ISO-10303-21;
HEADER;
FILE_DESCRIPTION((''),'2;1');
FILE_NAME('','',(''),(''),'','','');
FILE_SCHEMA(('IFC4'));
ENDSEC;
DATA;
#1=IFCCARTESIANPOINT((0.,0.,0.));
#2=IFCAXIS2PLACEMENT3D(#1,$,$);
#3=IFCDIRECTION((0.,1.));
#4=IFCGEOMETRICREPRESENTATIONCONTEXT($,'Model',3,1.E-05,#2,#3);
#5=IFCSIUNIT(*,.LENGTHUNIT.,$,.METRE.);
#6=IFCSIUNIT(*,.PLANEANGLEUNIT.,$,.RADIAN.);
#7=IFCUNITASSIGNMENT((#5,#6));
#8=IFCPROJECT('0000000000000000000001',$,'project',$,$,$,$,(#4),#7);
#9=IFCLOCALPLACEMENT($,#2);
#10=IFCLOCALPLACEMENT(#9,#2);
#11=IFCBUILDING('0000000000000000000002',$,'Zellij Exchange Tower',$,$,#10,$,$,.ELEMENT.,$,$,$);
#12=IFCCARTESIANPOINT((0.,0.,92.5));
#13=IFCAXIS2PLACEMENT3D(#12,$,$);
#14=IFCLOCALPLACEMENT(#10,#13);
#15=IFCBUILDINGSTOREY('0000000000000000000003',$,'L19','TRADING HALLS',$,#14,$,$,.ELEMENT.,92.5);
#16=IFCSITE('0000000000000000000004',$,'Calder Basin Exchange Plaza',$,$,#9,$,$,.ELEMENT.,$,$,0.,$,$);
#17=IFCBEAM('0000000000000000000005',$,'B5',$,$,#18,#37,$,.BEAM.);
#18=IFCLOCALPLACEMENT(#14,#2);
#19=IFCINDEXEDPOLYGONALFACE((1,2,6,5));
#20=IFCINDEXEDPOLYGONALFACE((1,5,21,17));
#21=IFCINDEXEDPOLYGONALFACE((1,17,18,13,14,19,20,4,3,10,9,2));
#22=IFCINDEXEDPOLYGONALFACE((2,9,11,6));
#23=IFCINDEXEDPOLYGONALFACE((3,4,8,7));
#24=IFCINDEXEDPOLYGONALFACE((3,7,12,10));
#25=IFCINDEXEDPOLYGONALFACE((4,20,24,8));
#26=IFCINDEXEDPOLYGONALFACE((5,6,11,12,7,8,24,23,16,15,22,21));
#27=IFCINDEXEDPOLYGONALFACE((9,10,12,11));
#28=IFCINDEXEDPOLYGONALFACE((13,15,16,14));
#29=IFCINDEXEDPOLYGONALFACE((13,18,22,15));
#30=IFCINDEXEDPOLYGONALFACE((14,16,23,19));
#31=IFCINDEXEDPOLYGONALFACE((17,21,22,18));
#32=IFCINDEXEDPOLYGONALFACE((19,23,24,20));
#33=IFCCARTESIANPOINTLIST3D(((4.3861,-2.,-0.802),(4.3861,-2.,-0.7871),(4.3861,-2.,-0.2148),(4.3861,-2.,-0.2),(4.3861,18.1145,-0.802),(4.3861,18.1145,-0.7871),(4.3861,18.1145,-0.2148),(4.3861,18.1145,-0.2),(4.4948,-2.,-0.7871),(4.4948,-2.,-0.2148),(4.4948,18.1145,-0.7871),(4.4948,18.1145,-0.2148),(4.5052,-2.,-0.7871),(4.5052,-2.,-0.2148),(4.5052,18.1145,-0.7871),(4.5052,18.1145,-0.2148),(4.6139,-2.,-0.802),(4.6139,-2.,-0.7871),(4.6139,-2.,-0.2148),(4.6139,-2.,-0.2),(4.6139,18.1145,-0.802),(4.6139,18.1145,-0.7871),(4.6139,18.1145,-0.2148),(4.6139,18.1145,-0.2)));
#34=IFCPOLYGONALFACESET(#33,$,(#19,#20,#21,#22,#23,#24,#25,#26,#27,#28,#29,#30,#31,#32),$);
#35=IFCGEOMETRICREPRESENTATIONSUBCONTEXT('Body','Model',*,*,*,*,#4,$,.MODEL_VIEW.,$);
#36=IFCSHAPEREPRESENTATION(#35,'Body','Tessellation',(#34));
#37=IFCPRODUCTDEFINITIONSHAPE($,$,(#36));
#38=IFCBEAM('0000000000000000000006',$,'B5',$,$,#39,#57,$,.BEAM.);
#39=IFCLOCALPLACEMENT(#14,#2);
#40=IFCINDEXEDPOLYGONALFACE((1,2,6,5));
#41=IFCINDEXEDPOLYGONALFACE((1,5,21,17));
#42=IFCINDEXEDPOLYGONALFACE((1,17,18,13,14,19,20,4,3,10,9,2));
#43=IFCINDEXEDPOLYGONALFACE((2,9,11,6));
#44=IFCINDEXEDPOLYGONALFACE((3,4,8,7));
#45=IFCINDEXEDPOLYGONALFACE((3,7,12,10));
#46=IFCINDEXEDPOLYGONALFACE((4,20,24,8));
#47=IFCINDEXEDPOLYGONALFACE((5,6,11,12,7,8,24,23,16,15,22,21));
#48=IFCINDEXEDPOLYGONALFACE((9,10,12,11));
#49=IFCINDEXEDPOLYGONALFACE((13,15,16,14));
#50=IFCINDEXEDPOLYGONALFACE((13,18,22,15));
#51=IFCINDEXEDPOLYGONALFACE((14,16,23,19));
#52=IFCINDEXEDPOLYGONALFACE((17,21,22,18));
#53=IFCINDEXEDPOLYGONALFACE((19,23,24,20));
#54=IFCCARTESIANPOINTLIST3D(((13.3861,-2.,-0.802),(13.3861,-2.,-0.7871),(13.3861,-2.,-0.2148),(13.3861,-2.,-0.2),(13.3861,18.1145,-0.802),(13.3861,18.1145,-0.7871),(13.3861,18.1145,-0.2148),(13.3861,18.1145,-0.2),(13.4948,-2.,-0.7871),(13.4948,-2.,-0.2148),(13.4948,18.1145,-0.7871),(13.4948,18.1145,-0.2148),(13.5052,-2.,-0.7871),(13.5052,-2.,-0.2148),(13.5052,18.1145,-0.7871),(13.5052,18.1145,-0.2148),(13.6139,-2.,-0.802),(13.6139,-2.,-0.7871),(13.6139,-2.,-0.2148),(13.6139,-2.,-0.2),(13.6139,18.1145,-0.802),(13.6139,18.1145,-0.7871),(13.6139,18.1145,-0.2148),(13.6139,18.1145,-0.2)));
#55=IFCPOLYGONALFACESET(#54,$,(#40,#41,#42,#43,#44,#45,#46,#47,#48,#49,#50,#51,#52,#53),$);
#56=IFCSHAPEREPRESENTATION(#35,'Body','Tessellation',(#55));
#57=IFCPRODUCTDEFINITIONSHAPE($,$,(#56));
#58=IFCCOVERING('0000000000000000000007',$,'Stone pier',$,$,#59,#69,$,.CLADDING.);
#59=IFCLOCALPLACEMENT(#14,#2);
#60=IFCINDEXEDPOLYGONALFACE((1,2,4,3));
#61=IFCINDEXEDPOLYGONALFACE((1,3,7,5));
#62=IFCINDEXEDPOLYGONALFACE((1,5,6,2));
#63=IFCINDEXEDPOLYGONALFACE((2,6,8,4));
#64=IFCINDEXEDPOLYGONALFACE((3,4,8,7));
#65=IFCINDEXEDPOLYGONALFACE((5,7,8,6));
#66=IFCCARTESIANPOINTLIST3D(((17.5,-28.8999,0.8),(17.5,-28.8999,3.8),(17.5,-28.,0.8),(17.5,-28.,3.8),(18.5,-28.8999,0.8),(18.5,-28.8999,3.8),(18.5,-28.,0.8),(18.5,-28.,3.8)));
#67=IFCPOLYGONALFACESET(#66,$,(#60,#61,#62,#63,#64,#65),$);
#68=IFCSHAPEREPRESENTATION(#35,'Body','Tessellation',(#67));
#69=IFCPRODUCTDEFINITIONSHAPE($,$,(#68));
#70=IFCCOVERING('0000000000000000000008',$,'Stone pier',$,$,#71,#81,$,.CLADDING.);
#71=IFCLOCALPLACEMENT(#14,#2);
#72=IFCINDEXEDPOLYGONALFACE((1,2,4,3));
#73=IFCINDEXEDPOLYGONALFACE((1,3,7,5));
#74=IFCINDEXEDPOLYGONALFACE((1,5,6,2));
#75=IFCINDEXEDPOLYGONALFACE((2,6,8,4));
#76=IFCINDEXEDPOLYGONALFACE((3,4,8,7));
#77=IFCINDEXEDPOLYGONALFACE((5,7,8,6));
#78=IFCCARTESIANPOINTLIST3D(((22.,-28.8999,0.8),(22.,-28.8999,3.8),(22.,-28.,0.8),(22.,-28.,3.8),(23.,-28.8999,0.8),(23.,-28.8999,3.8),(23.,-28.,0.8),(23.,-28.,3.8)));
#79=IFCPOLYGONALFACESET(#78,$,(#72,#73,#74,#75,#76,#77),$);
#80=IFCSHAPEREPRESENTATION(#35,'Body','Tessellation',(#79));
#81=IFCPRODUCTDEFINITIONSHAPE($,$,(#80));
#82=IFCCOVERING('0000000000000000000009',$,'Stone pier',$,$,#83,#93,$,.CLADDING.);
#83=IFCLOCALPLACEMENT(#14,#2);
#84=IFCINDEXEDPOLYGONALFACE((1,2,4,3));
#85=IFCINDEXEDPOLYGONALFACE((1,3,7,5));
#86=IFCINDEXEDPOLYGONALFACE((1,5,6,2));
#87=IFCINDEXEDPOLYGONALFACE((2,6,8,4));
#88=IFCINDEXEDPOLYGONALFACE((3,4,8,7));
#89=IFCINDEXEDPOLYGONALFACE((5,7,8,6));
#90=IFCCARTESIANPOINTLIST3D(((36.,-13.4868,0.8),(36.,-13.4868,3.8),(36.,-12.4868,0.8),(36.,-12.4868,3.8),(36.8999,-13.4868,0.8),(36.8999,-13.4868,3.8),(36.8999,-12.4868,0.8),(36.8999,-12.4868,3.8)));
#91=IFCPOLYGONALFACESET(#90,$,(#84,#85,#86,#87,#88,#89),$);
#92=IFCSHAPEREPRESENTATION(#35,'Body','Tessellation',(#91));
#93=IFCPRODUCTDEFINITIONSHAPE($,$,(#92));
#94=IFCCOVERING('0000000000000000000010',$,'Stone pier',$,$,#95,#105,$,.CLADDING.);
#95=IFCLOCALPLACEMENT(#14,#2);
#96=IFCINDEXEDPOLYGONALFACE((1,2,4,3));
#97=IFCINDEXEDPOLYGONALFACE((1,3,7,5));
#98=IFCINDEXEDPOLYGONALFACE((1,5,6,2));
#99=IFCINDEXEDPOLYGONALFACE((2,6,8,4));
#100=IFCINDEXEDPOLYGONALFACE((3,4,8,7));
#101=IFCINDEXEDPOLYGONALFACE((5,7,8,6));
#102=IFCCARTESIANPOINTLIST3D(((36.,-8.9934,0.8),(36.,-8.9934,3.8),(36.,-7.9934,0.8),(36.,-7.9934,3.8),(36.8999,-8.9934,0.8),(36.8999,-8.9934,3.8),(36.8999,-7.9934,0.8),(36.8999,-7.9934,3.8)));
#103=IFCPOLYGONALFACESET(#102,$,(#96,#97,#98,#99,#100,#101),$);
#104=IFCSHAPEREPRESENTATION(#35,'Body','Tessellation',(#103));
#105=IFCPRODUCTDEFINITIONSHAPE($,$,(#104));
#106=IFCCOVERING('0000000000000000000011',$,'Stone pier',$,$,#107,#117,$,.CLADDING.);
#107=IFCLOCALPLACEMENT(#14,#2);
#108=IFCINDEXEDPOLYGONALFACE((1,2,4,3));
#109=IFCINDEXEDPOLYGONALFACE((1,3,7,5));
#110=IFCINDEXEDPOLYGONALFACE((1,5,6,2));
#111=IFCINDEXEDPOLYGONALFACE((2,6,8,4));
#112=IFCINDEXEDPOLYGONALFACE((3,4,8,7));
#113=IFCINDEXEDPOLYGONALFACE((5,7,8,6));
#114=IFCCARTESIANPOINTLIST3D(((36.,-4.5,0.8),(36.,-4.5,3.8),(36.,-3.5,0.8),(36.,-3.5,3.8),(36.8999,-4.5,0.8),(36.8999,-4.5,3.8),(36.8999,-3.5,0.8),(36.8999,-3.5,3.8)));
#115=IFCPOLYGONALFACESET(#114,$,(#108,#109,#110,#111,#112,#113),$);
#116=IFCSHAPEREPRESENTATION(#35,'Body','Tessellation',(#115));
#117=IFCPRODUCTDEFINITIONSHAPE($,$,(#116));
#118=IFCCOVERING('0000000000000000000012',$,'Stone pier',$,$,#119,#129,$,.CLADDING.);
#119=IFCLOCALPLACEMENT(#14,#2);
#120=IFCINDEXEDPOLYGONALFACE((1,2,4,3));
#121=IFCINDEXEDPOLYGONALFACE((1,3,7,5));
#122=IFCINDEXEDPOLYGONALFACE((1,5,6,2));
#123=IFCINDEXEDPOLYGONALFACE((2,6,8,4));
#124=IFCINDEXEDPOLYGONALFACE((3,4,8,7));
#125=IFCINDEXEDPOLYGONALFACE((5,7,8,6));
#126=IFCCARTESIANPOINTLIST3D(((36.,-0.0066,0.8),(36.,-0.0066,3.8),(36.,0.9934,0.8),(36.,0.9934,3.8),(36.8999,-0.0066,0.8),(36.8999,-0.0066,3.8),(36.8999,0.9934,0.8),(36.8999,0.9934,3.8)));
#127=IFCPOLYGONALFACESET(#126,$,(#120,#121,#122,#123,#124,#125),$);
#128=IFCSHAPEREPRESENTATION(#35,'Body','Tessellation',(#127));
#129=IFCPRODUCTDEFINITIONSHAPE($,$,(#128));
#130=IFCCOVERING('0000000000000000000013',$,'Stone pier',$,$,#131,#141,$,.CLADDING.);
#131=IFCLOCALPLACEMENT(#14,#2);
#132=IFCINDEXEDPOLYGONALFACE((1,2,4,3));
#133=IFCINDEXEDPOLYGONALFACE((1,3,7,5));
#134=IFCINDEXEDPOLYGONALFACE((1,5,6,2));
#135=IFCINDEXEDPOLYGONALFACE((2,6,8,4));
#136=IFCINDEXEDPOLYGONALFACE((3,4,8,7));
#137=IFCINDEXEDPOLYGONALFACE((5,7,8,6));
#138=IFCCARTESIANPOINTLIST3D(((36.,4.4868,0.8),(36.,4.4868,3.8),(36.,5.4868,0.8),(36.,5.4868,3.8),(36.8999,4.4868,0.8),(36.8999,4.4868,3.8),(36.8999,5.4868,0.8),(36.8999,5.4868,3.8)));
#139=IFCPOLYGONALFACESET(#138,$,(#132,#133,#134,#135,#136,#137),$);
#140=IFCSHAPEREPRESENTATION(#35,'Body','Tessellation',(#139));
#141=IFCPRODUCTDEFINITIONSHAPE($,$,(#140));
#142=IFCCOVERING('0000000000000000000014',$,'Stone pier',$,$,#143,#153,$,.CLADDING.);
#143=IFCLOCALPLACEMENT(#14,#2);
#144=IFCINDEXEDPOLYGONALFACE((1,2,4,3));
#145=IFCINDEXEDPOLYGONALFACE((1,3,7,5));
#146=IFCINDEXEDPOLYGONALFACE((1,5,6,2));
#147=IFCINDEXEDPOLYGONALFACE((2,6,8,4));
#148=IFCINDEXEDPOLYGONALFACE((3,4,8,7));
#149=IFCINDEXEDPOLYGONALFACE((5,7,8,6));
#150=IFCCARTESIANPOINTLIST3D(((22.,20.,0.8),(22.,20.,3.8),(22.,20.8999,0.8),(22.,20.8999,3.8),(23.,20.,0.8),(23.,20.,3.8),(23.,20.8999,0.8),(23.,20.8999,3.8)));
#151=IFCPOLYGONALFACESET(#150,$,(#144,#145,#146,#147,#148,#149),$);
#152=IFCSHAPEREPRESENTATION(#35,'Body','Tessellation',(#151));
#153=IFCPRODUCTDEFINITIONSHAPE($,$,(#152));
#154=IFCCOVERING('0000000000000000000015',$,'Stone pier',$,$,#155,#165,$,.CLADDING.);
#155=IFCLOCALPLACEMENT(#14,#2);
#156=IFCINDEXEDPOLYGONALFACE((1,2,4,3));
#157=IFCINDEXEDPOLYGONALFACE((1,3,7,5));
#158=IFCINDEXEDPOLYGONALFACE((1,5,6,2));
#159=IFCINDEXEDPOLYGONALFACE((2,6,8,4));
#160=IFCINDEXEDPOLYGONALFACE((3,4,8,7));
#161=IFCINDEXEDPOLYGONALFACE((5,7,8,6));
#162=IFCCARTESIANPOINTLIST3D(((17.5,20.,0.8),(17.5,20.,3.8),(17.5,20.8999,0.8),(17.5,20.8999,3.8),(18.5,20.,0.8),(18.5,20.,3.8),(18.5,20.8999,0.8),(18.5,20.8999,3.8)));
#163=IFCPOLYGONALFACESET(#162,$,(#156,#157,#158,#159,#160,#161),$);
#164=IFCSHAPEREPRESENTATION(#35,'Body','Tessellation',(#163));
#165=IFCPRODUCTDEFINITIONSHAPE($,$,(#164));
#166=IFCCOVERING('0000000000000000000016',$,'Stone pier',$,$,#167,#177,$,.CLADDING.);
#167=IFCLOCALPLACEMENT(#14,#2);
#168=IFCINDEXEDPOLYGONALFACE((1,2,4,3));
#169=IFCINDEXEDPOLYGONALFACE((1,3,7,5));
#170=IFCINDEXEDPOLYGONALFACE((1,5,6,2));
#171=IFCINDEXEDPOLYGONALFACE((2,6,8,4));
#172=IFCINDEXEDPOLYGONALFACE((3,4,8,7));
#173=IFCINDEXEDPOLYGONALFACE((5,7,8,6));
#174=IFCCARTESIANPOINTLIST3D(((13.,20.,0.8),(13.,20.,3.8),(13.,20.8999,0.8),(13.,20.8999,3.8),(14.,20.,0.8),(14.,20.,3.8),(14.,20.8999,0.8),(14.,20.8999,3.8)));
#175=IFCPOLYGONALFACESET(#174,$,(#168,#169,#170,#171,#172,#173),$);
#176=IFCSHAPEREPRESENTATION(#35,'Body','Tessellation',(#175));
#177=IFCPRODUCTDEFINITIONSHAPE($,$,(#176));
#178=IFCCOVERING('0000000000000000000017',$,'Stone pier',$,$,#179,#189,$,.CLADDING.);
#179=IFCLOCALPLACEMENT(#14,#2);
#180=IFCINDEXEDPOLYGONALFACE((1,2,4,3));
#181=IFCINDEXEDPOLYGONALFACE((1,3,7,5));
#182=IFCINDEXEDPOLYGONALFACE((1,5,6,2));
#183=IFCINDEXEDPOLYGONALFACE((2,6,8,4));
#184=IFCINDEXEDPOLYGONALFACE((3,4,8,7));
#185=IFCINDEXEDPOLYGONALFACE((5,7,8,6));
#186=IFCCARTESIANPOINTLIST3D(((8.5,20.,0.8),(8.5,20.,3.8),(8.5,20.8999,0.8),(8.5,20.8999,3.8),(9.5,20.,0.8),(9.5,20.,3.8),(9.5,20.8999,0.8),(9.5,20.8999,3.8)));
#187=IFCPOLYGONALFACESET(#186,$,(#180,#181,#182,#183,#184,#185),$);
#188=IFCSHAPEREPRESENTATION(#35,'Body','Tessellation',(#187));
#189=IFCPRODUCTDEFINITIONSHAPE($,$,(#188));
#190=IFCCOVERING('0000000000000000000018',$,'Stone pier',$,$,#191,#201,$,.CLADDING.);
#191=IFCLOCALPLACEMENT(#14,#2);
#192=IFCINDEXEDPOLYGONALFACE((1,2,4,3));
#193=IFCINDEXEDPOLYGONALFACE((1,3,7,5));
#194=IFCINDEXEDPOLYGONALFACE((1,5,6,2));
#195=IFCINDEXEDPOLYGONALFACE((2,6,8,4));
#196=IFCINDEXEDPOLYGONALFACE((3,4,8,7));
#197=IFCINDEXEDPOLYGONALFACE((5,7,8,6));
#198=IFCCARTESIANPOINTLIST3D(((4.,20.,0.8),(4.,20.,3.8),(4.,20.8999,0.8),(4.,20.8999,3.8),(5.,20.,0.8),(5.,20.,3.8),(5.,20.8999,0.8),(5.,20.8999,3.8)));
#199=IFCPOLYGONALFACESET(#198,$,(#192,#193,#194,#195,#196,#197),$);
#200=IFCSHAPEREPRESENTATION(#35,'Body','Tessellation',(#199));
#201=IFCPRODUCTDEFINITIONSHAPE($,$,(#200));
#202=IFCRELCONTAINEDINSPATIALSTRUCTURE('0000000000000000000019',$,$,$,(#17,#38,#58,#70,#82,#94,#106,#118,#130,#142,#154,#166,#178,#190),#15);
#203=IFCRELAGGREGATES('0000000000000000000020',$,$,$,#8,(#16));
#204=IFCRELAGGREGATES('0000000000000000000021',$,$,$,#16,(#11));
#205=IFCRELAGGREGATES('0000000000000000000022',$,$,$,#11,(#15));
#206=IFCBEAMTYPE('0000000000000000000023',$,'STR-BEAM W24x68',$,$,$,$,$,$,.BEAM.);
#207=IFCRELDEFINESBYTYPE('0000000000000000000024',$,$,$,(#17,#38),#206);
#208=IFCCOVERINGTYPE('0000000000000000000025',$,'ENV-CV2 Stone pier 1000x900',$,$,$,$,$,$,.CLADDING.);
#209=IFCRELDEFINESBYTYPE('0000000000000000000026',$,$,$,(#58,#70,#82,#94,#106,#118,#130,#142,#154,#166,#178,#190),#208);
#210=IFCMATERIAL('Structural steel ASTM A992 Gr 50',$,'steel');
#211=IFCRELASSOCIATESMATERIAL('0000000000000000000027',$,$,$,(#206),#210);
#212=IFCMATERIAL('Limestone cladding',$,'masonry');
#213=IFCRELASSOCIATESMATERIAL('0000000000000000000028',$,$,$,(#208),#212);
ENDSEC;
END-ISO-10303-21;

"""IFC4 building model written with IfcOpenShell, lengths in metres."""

from ifc_helpers import new_model, si_unit, direction, frame, origin, origin_2d, place, context, subcontext, project, spatial, polyline, i_section, outline, extrude, material, material_profile, profile_set, type_object, element, save


model = new_model("IFC4")

# Units and contexts
model_context = context("Model", 3, precision=1e-05, world=origin(), true_north=direction((0.0, 1.0)))
body_context = subcontext(model_context, "Body", "Model", "MODEL_VIEW")
ifc_project = project(units=[si_unit("LENGTHUNIT", "METRE"), si_unit("PLANEANGLEUNIT", "RADIAN")], contexts=[model_context])

# Site, building, storey
site_placement = place(None, origin())
site = spatial("IfcSite", under=ifc_project, at=site_placement, Name="Calder Basin Exchange Plaza", CompositionType="ELEMENT", RefElevation=0.0)
building_placement = place(site_placement, origin())
building = spatial("IfcBuilding", under=site, at=building_placement, Name="Zellij Exchange Tower", CompositionType="ELEMENT")
storey_placement = place(building_placement, frame((0.0, 0.0, 92.5)))
storey = spatial("IfcBuildingStorey", under=building, at=storey_placement, Name="L19", Description="TRADING HALLS", CompositionType="ELEMENT", Elevation=92.5)

# Beams
ifc_material_1 = material(Name="Structural steel ASTM A992 Gr 50", Category="steel")
ifc_material_profile = material_profile(ifc_material_1, i_section(OverallWidth=0.2278, OverallDepth=0.6021, WebThickness=0.0105, FlangeThickness=0.0149, at=origin_2d()), Name="W24x68")
ifc_profile_set = profile_set([ifc_material_profile], Name="Structural steel ASTM A992 Gr 50")
beam_type = type_object("IfcBeamType", Name="STR-BEAM W24x68", PredefinedType="BEAM", material=ifc_profile_set)
for number, where, z_axis, x_axis, name in (
    (1, (4.5, -2.0, -0.501), (0.0, 1.0, 0.0), (-1.0, 0.0, 0.0), "B5"),
    (2, (13.5, -2.0, -0.501), (0.0, 1.0, 0.0), (-1.0, 0.0, 0.0), "B5"),
):
    element("IfcBeam", number, at=place(storey_placement, frame(where, z_axis=z_axis, x_axis=x_axis)), inside=storey, type_object=beam_type, Name=name, PredefinedType="BEAM", context=body_context, shape_type="SweptSolid", body=[
        extrude(i_section(OverallWidth=0.2278, OverallDepth=0.6021, WebThickness=0.0105, FlangeThickness=0.0149, at=origin_2d()), origin(), (0.0, 0.0, 1.0), 20.1145),
    ])

# Coverings
ifc_material_2 = material(Name="Limestone cladding", Category="masonry")
covering_type = type_object("IfcCoveringType", Name="ENV-CV2 Stone pier 1000x900", PredefinedType="CLADDING", material=ifc_material_2)
covering_1_placement = place(storey_placement, frame((0.0, 0.0, 0.8)))
element("IfcCovering", 3, at=covering_1_placement, inside=storey, type_object=covering_type, Name="Stone pier", PredefinedType="CLADDING", context=body_context, shape_type="SweptSolid", body=[
    extrude(outline(polyline([(17.5, -28.0), (18.5, -28.0), (18.5, -28.8999), (17.5, -28.8999), (17.5, -28.0)])), origin(), (0.0, 0.0, 1.0), 3.0),
])
covering_2_placement = place(storey_placement, frame((0.0, 0.0, 0.8)))
element("IfcCovering", 4, at=covering_2_placement, inside=storey, type_object=covering_type, Name="Stone pier", PredefinedType="CLADDING", context=body_context, shape_type="SweptSolid", body=[
    extrude(outline(polyline([(22.0, -28.0), (23.0, -28.0), (23.0, -28.8999), (22.0, -28.8999), (22.0, -28.0)])), origin(), (0.0, 0.0, 1.0), 3.0),
])
covering_3_placement = place(storey_placement, frame((0.0, 0.0, 0.8)))
element("IfcCovering", 5, at=covering_3_placement, inside=storey, type_object=covering_type, Name="Stone pier", PredefinedType="CLADDING", context=body_context, shape_type="SweptSolid", body=[
    extrude(outline(polyline([(36.0, -13.4868), (36.0, -12.4868), (36.8999, -12.4868), (36.8999, -13.4868), (36.0, -13.4868)])), origin(), (0.0, 0.0, 1.0), 3.0),
])
covering_4_placement = place(storey_placement, frame((0.0, 0.0, 0.8)))
element("IfcCovering", 6, at=covering_4_placement, inside=storey, type_object=covering_type, Name="Stone pier", PredefinedType="CLADDING", context=body_context, shape_type="SweptSolid", body=[
    extrude(outline(polyline([(36.0, -8.9934), (36.0, -7.9934), (36.8999, -7.9934), (36.8999, -8.9934), (36.0, -8.9934)])), origin(), (0.0, 0.0, 1.0), 3.0),
])
covering_5_placement = place(storey_placement, frame((0.0, 0.0, 0.8)))
element("IfcCovering", 7, at=covering_5_placement, inside=storey, type_object=covering_type, Name="Stone pier", PredefinedType="CLADDING", context=body_context, shape_type="SweptSolid", body=[
    extrude(outline(polyline([(36.0, -4.5), (36.0, -3.5), (36.8999, -3.5), (36.8999, -4.5), (36.0, -4.5)])), origin(), (0.0, 0.0, 1.0), 3.0),
])
covering_6_placement = place(storey_placement, frame((0.0, 0.0, 0.8)))
element("IfcCovering", 8, at=covering_6_placement, inside=storey, type_object=covering_type, Name="Stone pier", PredefinedType="CLADDING", context=body_context, shape_type="SweptSolid", body=[
    extrude(outline(polyline([(36.0, -0.0066), (36.0, 0.9934), (36.8999, 0.9934), (36.8999, -0.0066), (36.0, -0.0066)])), origin(), (0.0, 0.0, 1.0), 3.0),
])
covering_7_placement = place(storey_placement, frame((0.0, 0.0, 0.8)))
element("IfcCovering", 9, at=covering_7_placement, inside=storey, type_object=covering_type, Name="Stone pier", PredefinedType="CLADDING", context=body_context, shape_type="SweptSolid", body=[
    extrude(outline(polyline([(36.0, 4.4868), (36.0, 5.4868), (36.8999, 5.4868), (36.8999, 4.4868), (36.0, 4.4868)])), origin(), (0.0, 0.0, 1.0), 3.0),
])
covering_8_placement = place(storey_placement, frame((0.0, 0.0, 0.8)))
element("IfcCovering", 10, at=covering_8_placement, inside=storey, type_object=covering_type, Name="Stone pier", PredefinedType="CLADDING", context=body_context, shape_type="SweptSolid", body=[
    extrude(outline(polyline([(23.0, 20.0), (22.0, 20.0), (22.0, 20.8999), (23.0, 20.8999), (23.0, 20.0)])), origin(), (0.0, 0.0, 1.0), 3.0),
])
covering_9_placement = place(storey_placement, frame((0.0, 0.0, 0.8)))
element("IfcCovering", 11, at=covering_9_placement, inside=storey, type_object=covering_type, Name="Stone pier", PredefinedType="CLADDING", context=body_context, shape_type="SweptSolid", body=[
    extrude(outline(polyline([(18.5, 20.0), (17.5, 20.0), (17.5, 20.8999), (18.5, 20.8999), (18.5, 20.0)])), origin(), (0.0, 0.0, 1.0), 3.0),
])
covering_10_placement = place(storey_placement, frame((0.0, 0.0, 0.8)))
element("IfcCovering", 12, at=covering_10_placement, inside=storey, type_object=covering_type, Name="Stone pier", PredefinedType="CLADDING", context=body_context, shape_type="SweptSolid", body=[
    extrude(outline(polyline([(14.0, 20.0), (13.0, 20.0), (13.0, 20.8999), (14.0, 20.8999), (14.0, 20.0)])), origin(), (0.0, 0.0, 1.0), 3.0),
])
covering_11_placement = place(storey_placement, frame((0.0, 0.0, 0.8)))
element("IfcCovering", 13, at=covering_11_placement, inside=storey, type_object=covering_type, Name="Stone pier", PredefinedType="CLADDING", context=body_context, shape_type="SweptSolid", body=[
    extrude(outline(polyline([(9.5, 20.0), (8.5, 20.0), (8.5, 20.8999), (9.5, 20.8999), (9.5, 20.0)])), origin(), (0.0, 0.0, 1.0), 3.0),
])
covering_12_placement = place(storey_placement, frame((0.0, 0.0, 0.8)))
element("IfcCovering", 14, at=covering_12_placement, inside=storey, type_object=covering_type, Name="Stone pier", PredefinedType="CLADDING", context=body_context, shape_type="SweptSolid", body=[
    extrude(outline(polyline([(5.0, 20.0), (4.0, 20.0), (4.0, 20.8999), (5.0, 20.8999), (5.0, 20.0)])), origin(), (0.0, 0.0, 1.0), 3.0),
])

save(model, "model.ifc")
